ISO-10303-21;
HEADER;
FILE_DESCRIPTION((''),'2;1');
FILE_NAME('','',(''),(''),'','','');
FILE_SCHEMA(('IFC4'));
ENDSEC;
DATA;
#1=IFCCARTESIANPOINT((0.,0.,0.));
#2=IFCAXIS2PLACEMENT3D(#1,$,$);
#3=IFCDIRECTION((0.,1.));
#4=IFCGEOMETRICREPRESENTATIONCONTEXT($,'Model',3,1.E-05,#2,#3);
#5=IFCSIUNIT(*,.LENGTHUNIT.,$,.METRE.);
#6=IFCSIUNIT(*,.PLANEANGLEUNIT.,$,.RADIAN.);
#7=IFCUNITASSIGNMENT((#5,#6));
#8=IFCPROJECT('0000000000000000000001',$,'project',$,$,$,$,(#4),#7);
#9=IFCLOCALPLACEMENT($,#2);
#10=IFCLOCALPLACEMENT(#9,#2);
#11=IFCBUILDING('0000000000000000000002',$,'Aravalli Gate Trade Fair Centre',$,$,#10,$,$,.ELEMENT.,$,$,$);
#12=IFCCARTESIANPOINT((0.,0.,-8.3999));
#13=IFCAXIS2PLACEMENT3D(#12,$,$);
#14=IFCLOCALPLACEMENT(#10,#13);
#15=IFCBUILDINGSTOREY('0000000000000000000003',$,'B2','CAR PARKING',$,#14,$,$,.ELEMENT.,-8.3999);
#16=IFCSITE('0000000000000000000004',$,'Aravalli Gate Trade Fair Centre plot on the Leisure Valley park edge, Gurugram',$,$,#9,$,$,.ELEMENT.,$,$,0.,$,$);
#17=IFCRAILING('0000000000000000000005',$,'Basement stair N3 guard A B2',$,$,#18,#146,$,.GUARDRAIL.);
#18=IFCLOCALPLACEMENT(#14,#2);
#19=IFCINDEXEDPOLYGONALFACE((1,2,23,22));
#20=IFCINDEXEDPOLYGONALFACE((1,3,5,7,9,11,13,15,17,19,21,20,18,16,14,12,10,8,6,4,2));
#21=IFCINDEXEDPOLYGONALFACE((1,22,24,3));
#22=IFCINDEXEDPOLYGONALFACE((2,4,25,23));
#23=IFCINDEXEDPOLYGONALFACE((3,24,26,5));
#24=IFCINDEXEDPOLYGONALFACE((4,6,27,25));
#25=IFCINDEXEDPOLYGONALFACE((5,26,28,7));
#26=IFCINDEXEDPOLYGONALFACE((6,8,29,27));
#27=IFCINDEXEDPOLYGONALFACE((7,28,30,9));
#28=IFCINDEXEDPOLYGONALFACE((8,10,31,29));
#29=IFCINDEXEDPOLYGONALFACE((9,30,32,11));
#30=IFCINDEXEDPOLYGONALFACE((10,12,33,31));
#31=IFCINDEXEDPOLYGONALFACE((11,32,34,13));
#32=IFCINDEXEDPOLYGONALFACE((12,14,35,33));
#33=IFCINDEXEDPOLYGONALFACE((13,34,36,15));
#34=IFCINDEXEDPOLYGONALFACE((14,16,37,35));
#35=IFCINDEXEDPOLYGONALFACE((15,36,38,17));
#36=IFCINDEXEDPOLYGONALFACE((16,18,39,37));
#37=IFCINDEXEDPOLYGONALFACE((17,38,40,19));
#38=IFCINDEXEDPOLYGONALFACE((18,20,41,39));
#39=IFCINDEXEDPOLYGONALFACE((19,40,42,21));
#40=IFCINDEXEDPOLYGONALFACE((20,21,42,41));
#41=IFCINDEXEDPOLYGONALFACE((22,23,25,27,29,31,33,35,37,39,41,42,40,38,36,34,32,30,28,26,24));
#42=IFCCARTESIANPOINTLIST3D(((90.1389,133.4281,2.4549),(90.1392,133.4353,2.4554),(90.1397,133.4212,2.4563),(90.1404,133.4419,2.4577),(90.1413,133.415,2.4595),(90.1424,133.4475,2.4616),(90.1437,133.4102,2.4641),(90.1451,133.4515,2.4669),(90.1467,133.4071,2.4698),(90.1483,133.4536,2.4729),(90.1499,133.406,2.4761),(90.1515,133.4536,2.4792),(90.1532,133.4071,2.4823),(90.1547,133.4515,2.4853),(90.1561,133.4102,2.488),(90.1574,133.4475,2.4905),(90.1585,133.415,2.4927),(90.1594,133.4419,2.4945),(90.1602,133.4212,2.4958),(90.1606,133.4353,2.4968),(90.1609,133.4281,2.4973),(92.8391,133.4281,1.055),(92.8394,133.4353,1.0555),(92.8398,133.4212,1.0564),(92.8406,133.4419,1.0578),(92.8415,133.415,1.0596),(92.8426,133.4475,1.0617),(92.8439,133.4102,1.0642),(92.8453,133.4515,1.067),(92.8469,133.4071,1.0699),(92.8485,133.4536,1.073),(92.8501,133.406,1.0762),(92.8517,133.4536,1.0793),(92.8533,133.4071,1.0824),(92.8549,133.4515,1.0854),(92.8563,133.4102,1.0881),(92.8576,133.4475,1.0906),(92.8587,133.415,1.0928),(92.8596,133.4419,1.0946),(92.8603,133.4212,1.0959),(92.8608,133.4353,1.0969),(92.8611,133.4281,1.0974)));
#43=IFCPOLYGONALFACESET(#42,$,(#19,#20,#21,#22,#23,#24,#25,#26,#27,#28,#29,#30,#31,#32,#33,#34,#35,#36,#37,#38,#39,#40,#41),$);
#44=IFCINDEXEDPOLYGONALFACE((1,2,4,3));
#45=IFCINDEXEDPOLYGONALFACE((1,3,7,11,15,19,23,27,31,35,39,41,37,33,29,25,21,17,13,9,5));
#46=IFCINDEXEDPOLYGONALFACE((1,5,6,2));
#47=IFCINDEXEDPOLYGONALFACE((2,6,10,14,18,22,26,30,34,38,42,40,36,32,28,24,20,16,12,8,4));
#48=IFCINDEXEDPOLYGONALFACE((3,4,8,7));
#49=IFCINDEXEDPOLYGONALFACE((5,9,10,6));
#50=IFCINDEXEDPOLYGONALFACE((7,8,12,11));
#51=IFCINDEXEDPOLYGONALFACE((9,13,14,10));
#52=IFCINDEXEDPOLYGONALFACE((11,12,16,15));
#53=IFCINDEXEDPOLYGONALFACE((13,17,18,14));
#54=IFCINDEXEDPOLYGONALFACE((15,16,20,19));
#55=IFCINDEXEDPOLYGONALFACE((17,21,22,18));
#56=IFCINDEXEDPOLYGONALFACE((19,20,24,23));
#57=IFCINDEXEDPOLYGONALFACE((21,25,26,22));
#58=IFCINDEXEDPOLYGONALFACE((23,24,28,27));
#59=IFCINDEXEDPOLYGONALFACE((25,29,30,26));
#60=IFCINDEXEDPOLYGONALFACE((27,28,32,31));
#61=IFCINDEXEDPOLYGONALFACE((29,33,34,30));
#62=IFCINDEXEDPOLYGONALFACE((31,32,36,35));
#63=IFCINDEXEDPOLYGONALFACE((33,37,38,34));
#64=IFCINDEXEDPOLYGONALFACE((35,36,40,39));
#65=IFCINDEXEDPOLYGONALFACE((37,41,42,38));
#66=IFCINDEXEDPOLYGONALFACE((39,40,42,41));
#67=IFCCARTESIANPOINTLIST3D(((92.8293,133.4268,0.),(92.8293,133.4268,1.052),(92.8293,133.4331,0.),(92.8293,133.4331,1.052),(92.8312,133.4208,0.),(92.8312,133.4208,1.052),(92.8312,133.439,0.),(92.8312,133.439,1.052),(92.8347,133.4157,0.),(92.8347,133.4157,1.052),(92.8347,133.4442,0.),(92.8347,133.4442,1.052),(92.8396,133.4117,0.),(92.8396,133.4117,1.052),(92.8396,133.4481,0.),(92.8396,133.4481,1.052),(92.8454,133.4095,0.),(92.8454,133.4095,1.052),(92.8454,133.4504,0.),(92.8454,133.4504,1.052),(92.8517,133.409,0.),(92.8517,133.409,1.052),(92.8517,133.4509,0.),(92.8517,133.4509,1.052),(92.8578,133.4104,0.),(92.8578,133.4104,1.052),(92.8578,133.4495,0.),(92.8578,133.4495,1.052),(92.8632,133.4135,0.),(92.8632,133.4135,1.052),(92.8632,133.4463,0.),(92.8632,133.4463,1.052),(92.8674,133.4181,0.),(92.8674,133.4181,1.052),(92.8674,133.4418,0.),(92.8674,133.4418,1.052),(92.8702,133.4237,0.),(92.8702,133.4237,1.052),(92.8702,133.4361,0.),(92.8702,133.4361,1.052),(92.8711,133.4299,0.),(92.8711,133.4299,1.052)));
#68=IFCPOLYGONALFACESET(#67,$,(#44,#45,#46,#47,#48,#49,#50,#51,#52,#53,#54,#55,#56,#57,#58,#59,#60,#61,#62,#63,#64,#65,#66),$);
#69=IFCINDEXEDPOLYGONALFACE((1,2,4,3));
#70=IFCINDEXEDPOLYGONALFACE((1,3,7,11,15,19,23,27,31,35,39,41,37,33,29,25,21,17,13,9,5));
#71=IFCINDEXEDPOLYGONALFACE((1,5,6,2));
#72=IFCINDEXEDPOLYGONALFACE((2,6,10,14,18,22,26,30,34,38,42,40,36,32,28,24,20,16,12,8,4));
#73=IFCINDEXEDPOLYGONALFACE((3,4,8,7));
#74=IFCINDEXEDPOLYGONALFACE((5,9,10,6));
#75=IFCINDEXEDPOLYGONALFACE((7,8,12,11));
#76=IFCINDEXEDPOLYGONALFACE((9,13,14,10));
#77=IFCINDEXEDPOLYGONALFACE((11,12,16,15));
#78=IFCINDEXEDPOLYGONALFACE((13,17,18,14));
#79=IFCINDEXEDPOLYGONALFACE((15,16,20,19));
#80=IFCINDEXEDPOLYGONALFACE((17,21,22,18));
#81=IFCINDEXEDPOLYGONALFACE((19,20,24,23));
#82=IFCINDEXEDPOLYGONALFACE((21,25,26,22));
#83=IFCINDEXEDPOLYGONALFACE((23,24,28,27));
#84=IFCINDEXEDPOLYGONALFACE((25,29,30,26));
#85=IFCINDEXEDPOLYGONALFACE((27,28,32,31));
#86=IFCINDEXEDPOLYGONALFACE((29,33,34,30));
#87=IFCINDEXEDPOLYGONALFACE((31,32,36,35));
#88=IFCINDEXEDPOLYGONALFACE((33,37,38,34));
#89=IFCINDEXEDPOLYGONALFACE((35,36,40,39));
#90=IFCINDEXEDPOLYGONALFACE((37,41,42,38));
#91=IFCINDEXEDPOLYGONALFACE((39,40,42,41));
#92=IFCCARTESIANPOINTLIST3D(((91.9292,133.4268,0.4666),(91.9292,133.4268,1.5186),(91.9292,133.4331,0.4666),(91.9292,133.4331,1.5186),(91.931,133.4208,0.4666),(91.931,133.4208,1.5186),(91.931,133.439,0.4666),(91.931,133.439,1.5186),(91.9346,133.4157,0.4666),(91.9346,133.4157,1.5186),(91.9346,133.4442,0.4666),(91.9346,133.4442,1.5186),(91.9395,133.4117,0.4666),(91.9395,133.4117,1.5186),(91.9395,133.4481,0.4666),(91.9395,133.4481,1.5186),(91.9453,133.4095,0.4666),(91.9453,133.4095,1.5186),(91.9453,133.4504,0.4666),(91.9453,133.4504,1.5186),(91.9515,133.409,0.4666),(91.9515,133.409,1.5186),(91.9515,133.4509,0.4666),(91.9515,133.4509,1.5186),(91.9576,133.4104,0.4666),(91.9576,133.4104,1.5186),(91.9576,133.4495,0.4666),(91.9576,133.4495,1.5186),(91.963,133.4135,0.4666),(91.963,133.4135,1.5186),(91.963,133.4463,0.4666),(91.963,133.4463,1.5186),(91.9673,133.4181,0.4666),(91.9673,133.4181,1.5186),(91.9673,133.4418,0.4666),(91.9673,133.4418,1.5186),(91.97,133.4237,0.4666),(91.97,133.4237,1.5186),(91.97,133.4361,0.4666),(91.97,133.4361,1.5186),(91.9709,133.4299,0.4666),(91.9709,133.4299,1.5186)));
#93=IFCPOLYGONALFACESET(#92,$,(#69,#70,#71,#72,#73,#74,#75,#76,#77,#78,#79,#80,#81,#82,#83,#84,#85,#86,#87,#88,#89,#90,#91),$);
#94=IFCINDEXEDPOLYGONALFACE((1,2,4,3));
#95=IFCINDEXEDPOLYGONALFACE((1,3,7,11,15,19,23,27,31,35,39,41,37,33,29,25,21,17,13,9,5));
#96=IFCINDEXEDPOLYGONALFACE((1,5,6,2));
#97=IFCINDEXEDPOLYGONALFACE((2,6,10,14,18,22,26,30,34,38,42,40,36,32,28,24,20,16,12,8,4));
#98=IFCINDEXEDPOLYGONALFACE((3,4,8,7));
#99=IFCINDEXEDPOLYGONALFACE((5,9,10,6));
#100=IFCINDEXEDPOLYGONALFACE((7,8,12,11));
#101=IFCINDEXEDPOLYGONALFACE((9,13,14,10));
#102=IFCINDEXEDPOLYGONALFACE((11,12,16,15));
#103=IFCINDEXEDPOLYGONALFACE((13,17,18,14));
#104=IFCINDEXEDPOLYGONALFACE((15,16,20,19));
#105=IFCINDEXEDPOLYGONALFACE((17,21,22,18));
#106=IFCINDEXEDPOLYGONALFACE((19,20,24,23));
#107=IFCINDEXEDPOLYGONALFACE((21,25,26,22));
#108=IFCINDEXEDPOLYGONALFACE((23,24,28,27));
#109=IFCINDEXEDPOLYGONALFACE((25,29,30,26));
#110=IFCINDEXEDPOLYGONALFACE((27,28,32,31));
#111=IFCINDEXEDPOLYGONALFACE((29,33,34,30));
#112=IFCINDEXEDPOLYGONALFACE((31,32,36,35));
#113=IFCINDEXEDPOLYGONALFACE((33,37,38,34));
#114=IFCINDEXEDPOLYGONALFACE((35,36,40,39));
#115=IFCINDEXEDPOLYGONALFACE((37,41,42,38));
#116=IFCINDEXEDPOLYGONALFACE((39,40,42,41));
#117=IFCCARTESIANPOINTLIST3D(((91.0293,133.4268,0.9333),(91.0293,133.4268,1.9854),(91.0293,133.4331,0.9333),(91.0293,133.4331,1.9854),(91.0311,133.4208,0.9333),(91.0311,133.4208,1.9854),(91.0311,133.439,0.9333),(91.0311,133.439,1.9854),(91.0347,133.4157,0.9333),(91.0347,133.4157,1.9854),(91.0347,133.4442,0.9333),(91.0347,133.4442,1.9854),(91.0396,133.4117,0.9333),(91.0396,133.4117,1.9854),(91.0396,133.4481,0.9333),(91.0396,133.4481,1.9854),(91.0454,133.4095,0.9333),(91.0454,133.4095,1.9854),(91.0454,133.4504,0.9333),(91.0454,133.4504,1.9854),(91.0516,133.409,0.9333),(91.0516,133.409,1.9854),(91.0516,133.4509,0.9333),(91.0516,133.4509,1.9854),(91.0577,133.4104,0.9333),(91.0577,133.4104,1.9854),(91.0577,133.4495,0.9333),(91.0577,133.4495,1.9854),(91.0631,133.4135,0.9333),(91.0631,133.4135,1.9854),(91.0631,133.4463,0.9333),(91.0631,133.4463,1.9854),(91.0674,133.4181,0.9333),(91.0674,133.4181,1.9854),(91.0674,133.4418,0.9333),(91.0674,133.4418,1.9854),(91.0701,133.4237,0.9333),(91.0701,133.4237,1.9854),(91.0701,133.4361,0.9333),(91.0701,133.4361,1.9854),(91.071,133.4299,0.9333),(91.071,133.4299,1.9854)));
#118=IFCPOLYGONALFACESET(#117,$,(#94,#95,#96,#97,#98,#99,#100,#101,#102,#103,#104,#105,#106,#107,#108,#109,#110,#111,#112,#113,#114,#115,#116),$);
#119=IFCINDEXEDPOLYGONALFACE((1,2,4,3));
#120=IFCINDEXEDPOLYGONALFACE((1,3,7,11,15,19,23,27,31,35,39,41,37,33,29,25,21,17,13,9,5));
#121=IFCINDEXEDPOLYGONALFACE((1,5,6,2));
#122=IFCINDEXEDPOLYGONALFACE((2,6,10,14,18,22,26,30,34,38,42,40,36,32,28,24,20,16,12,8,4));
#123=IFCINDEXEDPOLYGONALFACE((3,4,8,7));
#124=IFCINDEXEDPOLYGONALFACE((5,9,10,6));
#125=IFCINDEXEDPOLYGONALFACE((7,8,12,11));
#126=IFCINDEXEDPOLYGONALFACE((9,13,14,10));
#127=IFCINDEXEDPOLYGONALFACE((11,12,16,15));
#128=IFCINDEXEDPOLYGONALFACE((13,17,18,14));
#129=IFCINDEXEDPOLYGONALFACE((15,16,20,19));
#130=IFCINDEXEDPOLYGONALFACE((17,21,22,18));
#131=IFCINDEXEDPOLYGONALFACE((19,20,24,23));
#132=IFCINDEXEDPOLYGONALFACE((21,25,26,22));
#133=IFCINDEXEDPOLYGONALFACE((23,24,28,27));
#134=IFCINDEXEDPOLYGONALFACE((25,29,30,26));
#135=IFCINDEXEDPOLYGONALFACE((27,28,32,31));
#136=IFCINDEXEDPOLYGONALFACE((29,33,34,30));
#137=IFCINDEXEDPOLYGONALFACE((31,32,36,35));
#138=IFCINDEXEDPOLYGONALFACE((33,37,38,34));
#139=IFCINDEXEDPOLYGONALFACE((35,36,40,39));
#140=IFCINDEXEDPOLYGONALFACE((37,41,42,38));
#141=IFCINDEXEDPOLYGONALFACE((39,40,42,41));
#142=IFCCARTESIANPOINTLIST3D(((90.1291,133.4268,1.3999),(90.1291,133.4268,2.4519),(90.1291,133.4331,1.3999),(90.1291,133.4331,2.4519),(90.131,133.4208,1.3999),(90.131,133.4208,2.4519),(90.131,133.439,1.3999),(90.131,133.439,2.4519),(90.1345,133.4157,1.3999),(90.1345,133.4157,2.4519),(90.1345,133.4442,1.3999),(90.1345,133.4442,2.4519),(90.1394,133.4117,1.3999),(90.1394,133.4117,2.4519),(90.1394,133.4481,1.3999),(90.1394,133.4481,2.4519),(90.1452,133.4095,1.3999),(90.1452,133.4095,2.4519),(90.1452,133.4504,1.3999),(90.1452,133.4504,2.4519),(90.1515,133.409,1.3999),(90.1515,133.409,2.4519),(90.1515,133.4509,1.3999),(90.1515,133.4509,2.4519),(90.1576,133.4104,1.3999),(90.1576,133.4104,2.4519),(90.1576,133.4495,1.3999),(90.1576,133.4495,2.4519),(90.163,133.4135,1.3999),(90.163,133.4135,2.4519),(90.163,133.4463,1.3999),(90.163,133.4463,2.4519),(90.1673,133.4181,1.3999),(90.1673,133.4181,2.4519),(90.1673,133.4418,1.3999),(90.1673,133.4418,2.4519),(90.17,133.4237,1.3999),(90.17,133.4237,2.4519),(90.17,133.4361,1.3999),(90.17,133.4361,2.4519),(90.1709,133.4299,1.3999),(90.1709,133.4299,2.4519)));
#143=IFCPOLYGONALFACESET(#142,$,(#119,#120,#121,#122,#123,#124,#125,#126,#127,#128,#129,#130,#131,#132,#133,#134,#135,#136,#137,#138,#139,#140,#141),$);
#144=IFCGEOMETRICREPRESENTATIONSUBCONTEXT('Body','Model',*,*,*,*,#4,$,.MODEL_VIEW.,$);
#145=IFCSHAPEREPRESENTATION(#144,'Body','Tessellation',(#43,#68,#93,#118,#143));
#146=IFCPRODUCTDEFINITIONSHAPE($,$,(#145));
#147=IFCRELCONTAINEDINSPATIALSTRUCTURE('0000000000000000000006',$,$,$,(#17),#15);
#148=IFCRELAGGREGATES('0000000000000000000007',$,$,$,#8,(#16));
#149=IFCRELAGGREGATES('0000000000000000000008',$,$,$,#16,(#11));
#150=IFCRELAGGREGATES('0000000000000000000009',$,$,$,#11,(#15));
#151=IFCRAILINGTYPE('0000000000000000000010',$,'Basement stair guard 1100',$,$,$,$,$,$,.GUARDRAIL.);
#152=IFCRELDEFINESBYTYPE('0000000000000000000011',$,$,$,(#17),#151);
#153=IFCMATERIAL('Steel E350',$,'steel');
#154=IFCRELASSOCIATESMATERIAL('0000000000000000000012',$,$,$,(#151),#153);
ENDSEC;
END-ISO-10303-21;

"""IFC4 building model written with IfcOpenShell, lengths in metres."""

from ifc_helpers import new_model, si_unit, direction, frame, origin, origin_2d, place, context, subcontext, project, spatial, circle, extrude, material, type_object, element, save


model = new_model("IFC4")

# Units and contexts
model_context = context("Model", 3, precision=1e-05, world=origin(), true_north=direction((0.0, 1.0)))
body_context = subcontext(model_context, "Body", "Model", "MODEL_VIEW")
ifc_project = project(units=[si_unit("LENGTHUNIT", "METRE"), si_unit("PLANEANGLEUNIT", "RADIAN")], contexts=[model_context])

# Site, building, storey
site_placement = place(None, origin())
site = spatial("IfcSite", under=ifc_project, at=site_placement, Name="Aravalli Gate Trade Fair Centre plot on the Leisure Valley park edge, Gurugram", CompositionType="ELEMENT", RefElevation=0.0)
building_placement = place(site_placement, origin())
building = spatial("IfcBuilding", under=site, at=building_placement, Name="Aravalli Gate Trade Fair Centre", CompositionType="ELEMENT")
storey_placement = place(building_placement, frame((0.0, 0.0, -8.3999)))
storey = spatial("IfcBuildingStorey", under=building, at=storey_placement, Name="B2", Description="CAR PARKING", CompositionType="ELEMENT", Elevation=-8.3999)

# Railing
ifc_material_1 = material(Name="Steel E350", Category="steel")
railing_type_1 = type_object("IfcRailingType", Name="Basement stair guard 1100", PredefinedType="GUARDRAIL", material=ifc_material_1)
railing_1_placement = place(storey_placement, frame((92.8501, 133.4299, 0.0)))
element("IfcRailing", 1, at=railing_1_placement, inside=storey, type_object=railing_type_1, Name="Basement stair N3 guard A B2", PredefinedType="GUARDRAIL", context=body_context, shape_type="SweptSolid", body=[
    extrude(circle(Radius=0.0239, at=origin_2d()), frame((0.0, 0.0, 1.0762), z_axis=(-0.887781, 0.0, 0.460266), x_axis=(0.0, -1.0, 0.0)), (0.0, 0.0, 1.0), 3.0415),
    extrude(circle(Radius=0.021, at=origin_2d()), origin(), (0.0, 0.0, 1.0), 1.052),
    extrude(circle(Radius=0.021, at=origin_2d()), frame((-0.9001, 0.0, 0.4666)), (0.0, 0.0, 1.0), 1.052),
    extrude(circle(Radius=0.021, at=origin_2d()), frame((-1.8, 0.0, 0.9333)), (0.0, 0.0, 1.0), 1.052),
    extrude(circle(Radius=0.021, at=origin_2d()), frame((-2.7002, 0.0, 1.3999)), (0.0, 0.0, 1.0), 1.052),
])

save(model, "model.ifc")
